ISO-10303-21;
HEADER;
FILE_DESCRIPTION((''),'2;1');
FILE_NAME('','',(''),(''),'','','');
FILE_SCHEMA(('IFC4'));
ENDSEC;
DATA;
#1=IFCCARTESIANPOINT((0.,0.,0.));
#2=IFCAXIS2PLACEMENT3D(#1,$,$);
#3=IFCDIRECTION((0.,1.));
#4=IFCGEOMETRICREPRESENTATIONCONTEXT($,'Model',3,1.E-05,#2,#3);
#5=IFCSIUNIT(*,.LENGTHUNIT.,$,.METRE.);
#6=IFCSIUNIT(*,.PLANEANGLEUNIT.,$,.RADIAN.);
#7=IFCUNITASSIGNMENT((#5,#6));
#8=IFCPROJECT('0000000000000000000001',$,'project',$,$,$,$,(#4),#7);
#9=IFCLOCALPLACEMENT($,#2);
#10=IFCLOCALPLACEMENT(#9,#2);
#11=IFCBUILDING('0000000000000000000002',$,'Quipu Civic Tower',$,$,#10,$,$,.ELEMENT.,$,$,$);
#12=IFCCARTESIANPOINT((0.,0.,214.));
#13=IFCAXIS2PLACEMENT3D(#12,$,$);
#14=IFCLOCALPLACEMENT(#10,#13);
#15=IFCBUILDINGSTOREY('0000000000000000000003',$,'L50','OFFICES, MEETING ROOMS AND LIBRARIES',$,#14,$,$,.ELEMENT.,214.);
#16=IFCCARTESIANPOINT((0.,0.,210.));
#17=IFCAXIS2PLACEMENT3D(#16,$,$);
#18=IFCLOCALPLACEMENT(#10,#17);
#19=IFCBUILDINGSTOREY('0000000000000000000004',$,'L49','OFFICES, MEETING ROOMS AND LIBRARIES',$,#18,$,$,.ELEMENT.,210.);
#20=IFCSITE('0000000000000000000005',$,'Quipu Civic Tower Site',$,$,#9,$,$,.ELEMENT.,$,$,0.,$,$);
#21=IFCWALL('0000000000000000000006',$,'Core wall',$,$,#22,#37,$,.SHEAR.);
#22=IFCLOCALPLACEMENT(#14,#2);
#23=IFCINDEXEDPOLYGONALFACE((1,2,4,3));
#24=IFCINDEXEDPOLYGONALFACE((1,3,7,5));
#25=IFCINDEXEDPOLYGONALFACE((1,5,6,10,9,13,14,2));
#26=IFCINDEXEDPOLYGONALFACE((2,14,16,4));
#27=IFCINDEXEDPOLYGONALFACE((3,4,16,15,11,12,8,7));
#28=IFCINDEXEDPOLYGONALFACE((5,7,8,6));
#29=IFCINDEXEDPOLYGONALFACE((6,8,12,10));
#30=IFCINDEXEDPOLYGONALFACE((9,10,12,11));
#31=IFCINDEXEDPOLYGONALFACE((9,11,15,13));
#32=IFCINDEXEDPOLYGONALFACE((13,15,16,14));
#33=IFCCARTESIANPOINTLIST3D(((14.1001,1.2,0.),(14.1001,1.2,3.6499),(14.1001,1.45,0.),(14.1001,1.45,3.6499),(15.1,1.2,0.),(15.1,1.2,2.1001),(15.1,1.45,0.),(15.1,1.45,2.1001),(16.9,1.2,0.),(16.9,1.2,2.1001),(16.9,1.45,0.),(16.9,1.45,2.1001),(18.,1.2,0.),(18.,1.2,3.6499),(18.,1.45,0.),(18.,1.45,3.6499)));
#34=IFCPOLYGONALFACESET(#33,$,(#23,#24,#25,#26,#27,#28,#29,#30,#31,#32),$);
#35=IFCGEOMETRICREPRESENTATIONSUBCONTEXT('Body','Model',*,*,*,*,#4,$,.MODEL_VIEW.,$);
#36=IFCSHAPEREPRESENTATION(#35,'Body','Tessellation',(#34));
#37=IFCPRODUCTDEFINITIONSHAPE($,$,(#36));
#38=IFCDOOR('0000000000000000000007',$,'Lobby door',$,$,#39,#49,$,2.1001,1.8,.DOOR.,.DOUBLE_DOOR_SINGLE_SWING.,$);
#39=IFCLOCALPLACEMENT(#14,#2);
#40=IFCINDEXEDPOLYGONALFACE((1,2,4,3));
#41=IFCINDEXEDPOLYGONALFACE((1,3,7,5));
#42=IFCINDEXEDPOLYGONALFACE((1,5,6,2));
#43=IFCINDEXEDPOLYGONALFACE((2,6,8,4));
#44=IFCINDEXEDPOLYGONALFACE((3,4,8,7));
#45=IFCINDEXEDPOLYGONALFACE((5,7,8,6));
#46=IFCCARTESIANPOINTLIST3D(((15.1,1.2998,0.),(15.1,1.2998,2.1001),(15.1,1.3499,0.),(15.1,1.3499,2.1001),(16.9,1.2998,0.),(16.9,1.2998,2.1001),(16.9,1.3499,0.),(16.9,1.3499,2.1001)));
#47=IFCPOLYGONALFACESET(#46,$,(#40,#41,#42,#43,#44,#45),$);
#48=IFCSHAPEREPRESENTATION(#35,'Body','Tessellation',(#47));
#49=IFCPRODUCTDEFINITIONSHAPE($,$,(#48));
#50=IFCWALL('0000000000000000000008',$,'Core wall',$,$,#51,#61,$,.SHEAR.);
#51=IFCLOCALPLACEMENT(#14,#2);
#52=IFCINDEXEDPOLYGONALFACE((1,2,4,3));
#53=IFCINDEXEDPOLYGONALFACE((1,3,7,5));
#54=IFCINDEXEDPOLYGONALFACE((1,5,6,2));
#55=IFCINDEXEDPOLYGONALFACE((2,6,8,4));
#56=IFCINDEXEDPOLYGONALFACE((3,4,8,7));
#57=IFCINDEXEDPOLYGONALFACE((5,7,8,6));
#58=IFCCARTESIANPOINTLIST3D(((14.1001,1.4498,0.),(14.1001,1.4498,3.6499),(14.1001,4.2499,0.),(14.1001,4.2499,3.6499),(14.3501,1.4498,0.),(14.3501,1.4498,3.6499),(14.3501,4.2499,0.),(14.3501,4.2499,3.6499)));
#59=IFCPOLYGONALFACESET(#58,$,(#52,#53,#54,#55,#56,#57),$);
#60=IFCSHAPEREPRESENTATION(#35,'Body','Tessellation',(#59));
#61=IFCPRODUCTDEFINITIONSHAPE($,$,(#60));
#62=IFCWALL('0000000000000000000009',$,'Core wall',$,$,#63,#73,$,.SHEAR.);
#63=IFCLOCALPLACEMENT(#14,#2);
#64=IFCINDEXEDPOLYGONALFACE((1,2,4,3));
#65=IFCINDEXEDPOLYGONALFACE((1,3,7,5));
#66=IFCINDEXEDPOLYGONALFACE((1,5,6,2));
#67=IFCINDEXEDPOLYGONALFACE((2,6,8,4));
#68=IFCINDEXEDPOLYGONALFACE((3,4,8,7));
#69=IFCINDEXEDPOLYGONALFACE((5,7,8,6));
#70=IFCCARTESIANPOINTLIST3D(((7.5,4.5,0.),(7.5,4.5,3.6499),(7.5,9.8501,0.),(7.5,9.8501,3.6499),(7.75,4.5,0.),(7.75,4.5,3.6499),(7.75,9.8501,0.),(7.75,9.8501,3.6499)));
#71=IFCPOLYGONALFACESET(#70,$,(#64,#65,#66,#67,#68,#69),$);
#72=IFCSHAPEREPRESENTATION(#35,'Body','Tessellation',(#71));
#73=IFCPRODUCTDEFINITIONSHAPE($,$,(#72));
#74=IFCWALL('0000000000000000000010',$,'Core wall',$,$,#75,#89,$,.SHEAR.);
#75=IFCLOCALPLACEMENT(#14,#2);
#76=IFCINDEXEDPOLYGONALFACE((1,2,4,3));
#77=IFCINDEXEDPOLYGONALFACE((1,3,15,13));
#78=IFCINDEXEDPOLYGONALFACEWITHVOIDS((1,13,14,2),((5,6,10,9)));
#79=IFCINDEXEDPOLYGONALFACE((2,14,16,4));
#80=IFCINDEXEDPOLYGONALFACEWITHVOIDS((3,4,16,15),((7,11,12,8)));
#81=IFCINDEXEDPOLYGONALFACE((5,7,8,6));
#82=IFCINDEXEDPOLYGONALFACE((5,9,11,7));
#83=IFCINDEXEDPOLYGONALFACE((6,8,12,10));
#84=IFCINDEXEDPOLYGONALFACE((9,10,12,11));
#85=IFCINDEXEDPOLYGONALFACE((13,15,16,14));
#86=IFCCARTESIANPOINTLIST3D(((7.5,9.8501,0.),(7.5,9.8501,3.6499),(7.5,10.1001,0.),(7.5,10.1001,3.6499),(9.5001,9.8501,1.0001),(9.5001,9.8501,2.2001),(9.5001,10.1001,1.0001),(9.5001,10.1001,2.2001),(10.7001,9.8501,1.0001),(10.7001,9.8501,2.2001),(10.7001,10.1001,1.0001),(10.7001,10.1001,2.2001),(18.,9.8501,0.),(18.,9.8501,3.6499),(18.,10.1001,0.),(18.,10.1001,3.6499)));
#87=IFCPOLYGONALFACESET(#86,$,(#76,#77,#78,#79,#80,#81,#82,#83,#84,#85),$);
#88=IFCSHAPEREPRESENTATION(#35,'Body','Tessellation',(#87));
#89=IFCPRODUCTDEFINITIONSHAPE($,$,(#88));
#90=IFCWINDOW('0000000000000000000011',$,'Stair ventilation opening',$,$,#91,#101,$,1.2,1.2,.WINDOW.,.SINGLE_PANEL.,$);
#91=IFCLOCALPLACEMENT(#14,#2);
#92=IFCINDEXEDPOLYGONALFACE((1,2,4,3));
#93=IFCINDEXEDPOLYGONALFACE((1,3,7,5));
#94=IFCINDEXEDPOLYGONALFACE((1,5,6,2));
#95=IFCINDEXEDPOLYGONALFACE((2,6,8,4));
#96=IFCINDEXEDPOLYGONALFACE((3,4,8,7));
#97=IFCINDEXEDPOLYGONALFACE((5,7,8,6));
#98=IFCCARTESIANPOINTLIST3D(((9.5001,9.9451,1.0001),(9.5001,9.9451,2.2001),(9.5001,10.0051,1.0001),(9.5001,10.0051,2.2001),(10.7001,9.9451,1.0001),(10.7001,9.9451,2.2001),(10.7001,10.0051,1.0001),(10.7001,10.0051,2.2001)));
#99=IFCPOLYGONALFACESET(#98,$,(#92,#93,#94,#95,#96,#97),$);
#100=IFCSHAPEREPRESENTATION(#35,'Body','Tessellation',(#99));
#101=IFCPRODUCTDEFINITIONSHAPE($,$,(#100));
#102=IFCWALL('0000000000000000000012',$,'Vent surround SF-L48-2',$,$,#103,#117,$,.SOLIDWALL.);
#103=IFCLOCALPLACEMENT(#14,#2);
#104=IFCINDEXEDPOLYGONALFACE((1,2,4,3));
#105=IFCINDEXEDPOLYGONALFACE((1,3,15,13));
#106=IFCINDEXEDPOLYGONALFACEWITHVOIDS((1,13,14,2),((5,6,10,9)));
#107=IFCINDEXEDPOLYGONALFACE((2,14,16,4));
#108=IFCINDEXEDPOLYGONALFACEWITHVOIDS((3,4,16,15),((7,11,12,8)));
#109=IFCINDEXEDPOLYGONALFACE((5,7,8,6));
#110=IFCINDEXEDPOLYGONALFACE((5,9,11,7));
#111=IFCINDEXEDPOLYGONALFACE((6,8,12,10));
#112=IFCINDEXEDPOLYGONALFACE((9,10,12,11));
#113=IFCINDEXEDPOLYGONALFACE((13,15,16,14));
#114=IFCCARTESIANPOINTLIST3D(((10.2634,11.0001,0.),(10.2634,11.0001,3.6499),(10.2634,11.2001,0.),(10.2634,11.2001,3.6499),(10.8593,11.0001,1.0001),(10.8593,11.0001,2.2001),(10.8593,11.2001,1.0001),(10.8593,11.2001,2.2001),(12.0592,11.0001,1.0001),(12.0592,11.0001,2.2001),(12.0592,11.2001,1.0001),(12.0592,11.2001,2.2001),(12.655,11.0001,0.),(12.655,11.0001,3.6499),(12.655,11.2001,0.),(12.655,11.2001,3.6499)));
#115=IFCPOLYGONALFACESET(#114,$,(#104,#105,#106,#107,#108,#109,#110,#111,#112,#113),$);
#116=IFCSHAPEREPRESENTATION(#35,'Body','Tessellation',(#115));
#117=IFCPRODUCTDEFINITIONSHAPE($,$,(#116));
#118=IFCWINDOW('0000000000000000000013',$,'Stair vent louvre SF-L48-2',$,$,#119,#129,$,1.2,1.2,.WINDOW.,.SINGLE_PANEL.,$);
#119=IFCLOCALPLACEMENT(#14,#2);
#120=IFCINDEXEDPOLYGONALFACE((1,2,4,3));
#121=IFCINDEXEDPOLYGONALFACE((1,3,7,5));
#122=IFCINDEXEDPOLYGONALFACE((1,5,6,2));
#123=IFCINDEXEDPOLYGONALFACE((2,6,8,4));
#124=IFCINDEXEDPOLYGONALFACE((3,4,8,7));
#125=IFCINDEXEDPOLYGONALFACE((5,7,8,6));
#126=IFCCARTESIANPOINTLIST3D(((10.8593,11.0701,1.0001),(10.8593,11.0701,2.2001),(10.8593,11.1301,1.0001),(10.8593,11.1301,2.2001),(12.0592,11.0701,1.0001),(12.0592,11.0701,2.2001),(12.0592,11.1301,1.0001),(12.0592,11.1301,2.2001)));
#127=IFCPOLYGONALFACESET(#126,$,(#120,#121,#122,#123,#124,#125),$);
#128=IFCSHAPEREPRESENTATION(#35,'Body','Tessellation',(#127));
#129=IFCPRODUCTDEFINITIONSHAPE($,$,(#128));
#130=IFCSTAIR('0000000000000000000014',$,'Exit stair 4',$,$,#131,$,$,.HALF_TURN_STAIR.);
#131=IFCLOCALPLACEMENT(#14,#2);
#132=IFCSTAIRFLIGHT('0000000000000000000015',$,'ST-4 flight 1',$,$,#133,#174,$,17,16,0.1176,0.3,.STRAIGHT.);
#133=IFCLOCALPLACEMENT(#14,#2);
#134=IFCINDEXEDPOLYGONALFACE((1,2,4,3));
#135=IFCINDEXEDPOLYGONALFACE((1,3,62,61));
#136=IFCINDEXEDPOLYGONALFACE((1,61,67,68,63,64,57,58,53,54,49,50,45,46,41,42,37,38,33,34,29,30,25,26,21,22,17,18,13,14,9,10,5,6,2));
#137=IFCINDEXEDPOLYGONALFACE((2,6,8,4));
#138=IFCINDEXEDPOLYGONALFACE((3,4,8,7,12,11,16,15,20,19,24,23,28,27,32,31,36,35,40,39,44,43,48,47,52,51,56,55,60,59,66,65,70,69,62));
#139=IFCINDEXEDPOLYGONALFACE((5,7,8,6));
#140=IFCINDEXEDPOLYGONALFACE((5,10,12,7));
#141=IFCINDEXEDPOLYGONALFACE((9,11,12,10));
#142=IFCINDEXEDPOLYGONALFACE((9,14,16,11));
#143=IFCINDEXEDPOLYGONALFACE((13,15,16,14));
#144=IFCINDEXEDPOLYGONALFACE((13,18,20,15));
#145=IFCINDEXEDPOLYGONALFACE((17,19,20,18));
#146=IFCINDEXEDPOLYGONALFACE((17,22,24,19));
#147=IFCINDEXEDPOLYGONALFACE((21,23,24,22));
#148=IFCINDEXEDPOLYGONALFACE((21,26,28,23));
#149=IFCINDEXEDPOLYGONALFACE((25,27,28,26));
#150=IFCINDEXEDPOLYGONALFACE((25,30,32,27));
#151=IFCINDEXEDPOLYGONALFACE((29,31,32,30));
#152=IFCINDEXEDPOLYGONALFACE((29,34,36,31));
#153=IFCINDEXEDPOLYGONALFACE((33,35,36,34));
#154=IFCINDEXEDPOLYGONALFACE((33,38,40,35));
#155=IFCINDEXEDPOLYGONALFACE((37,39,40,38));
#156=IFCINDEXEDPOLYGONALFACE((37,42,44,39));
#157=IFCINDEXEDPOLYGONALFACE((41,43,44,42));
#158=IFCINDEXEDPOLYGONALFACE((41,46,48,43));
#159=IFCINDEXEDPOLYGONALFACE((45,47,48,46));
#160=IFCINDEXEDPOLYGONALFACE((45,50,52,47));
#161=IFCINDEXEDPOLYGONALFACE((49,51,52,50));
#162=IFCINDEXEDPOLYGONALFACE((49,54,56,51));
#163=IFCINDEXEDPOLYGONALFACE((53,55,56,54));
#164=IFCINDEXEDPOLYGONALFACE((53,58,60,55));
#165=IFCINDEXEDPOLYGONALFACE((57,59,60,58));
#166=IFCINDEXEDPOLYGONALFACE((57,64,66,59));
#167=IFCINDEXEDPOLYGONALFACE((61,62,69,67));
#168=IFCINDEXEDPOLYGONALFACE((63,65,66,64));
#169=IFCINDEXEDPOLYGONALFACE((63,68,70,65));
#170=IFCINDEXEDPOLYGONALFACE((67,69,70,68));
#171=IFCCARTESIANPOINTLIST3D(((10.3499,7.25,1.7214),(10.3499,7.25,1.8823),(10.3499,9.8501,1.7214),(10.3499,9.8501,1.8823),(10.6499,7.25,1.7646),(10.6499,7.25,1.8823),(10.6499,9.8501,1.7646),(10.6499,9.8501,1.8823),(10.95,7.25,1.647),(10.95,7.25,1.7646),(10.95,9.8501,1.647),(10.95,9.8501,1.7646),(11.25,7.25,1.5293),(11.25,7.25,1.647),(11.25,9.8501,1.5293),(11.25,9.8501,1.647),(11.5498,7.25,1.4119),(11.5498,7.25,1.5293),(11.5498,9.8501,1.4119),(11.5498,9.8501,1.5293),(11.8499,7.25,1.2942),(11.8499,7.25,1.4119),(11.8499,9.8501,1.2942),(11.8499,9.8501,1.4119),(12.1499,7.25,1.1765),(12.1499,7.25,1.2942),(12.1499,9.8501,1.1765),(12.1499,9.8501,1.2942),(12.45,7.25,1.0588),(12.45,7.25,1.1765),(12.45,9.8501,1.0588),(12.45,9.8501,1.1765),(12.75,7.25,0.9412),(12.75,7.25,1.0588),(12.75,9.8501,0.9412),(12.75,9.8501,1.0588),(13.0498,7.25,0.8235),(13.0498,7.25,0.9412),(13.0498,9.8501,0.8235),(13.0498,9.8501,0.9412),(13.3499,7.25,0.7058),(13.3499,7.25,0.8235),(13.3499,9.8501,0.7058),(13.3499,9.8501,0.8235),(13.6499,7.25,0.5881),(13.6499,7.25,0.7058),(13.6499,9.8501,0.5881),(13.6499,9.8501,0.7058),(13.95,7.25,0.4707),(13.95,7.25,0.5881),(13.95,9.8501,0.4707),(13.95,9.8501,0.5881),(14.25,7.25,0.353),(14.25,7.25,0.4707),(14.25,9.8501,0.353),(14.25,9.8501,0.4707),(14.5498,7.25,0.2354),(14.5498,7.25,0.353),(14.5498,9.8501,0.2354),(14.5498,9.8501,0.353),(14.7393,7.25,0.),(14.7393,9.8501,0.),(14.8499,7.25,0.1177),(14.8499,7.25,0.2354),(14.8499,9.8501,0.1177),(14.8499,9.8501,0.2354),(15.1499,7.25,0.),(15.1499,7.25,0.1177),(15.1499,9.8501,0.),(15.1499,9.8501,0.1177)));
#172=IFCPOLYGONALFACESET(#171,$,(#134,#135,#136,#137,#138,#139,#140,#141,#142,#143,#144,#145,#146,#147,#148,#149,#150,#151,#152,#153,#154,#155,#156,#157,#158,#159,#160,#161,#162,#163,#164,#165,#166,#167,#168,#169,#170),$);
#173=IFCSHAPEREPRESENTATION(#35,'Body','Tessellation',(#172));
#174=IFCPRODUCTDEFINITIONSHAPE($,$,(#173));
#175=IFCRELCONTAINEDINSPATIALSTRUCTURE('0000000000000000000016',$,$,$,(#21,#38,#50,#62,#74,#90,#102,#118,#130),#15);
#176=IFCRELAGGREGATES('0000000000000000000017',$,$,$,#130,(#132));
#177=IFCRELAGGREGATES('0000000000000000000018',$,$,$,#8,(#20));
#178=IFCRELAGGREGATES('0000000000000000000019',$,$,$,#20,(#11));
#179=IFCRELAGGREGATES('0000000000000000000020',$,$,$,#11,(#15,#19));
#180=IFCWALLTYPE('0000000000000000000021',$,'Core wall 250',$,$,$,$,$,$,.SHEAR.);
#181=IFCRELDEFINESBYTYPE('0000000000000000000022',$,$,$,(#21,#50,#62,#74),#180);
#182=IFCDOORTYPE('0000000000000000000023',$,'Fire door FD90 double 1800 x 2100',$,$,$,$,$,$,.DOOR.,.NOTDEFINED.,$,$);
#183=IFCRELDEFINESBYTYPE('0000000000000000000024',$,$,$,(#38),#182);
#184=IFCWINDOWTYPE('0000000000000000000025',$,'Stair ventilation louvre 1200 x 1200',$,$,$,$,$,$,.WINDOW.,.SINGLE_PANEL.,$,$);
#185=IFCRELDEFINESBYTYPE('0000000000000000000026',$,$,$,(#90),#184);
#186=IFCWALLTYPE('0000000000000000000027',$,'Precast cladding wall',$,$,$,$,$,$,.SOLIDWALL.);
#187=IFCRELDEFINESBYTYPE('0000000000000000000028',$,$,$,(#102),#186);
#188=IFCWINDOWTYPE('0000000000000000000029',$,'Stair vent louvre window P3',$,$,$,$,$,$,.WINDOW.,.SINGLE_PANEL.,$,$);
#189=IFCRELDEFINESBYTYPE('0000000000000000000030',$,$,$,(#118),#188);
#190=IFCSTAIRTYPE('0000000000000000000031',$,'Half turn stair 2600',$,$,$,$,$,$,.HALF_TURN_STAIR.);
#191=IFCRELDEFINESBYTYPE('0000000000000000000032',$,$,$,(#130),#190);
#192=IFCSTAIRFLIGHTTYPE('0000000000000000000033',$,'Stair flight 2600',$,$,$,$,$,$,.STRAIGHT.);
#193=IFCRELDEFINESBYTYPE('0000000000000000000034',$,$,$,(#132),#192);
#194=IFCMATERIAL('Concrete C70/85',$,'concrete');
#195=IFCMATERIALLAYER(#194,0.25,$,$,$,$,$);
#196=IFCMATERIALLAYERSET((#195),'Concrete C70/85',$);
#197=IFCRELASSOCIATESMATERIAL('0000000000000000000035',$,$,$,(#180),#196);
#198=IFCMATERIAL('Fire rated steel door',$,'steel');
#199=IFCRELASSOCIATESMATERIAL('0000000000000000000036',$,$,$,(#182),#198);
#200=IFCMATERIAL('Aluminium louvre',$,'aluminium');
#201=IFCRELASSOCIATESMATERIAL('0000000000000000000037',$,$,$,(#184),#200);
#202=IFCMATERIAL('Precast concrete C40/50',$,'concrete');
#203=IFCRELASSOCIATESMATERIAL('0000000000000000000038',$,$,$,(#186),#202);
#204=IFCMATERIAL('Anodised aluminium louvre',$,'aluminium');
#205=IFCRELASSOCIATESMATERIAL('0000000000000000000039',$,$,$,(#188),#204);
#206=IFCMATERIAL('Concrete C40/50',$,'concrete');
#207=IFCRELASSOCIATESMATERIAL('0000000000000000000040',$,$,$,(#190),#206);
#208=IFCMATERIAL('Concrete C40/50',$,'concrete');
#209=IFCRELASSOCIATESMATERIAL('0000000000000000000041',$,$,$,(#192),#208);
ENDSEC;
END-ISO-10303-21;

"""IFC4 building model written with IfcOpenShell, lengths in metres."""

from ifc_helpers import new_model, si_unit, direction, frame, frame_2d, origin, place, context, subcontext, project, spatial, polyline, rectangle, outline, extrude, material, layer, layer_set, type_object, element, fill, aggregate, save


model = new_model("IFC4")

# Units and contexts
model_context = context("Model", 3, precision=1e-05, world=origin(), true_north=direction((0.0, 1.0)))
body_context = subcontext(model_context, "Body", "Model", "MODEL_VIEW")
ifc_project = project(units=[si_unit("LENGTHUNIT", "METRE"), si_unit("PLANEANGLEUNIT", "RADIAN")], contexts=[model_context])

# Site, building, storey
site_placement = place(None, origin())
site = spatial("IfcSite", under=ifc_project, at=site_placement, Name="Quipu Civic Tower Site", CompositionType="ELEMENT", RefElevation=0.0)
building_placement = place(site_placement, origin())
building = spatial("IfcBuilding", under=site, at=building_placement, Name="Quipu Civic Tower", CompositionType="ELEMENT")
storey_1_placement = place(building_placement, frame((0.0, 0.0, 214.0)))
storey_1 = spatial("IfcBuildingStorey", under=building, at=storey_1_placement, Name="L50", Description="OFFICES, MEETING ROOMS AND LIBRARIES", CompositionType="ELEMENT", Elevation=214.0)

# Shared definitions
storey_2_placement = place(building_placement, frame((0.0, 0.0, 210.0)))
storey_2 = spatial("IfcBuildingStorey", under=building, at=storey_2_placement, Name="L49", Description="OFFICES, MEETING ROOMS AND LIBRARIES", CompositionType="ELEMENT", Elevation=210.0)

# Wall, opening, door
ifc_material_1 = material(Name="Concrete C70/85", Category="concrete")
ifc_layer_1 = layer(ifc_material_1, 0.25)
ifc_layer_set_1 = layer_set([ifc_layer_1], Name="Concrete C70/85")
wall_type_1 = type_object("IfcWallType", Name="Core wall 250", PredefinedType="SHEAR", material=ifc_layer_set_1)
wall_1_placement = place(storey_1_placement, frame((14.1001, 1.325, 0.0), z_axis=(0.0, 0.0, 1.0), x_axis=(1.0, 0.0, 0.0)))
wall_1 = element("IfcWall", 1, at=wall_1_placement, inside=storey_1, type_object=wall_type_1, Name="Core wall", PredefinedType="SHEAR", context=body_context, shape_type="SweptSolid", body=[
    extrude(rectangle(XDim=3.8999, YDim=0.25, at=frame_2d((1.95, 0.0))), origin(), (0.0, 0.0, 1.0), 3.6499),
])
opening_1_placement = place(wall_1_placement, frame((1.0, 0.0, 0.0)))
opening_1 = element("IfcOpeningElement", 2, at=opening_1_placement, cuts=wall_1, PredefinedType="OPENING", context=body_context, shape_type="SweptSolid", body=[
    extrude(rectangle(XDim=1.8, YDim=2.1001, at=frame_2d((0.8999, 1.05))), frame((0.0, 0.135, 0.0), z_axis=(0.0, -1.0, 0.0), x_axis=(1.0, 0.0, 0.0)), (0.0, 0.0, 1.0), 0.27),
])
ifc_material_2 = material(Name="Fire rated steel door", Category="steel")
door_type = type_object("IfcDoorType", Name="Fire door FD90 double 1800 x 2100", OperationType="NOTDEFINED", PredefinedType="DOOR", material=ifc_material_2)
door_placement = place(opening_1_placement, origin())
door = element("IfcDoor", 3, at=door_placement, inside=storey_1, type_object=door_type, Name="Lobby door", OperationType="DOUBLE_DOOR_SINGLE_SWING", OverallHeight=2.1001, OverallWidth=1.8, PredefinedType="DOOR", context=body_context, shape_type="SweptSolid", body=[
    extrude(rectangle(XDim=1.8, YDim=2.1001, at=frame_2d((0.8999, 1.05))), frame((0.0, 0.0249, 0.0), z_axis=(0.0, -1.0, 0.0), x_axis=(1.0, 0.0, 0.0)), (0.0, 0.0, 1.0), 0.05),
])
fill(opening_1, door)

# Walls
wall_2_placement = place(storey_1_placement, frame((14.2251, 1.45, 0.0), z_axis=(0.0, 0.0, 1.0), x_axis=(0.0, 1.0, 0.0)))
element("IfcWall", 4, at=wall_2_placement, inside=storey_1, type_object=wall_type_1, Name="Core wall", PredefinedType="SHEAR", context=body_context, shape_type="SweptSolid", body=[
    extrude(rectangle(XDim=2.8, YDim=0.25, at=frame_2d((1.3999, 0.0))), origin(), (0.0, 0.0, 1.0), 3.6499),
])
wall_3_placement = place(storey_1_placement, frame((7.625, 4.5, 0.0), z_axis=(0.0, 0.0, 1.0), x_axis=(0.0, 1.0, 0.0)))
element("IfcWall", 5, at=wall_3_placement, inside=storey_1, type_object=wall_type_1, Name="Core wall", PredefinedType="SHEAR", context=body_context, shape_type="SweptSolid", body=[
    extrude(rectangle(XDim=5.3501, YDim=0.25, at=frame_2d((2.675, 0.0))), origin(), (0.0, 0.0, 1.0), 3.6499),
])

# Walls, openings, windows
wall_4_placement = place(storey_1_placement, frame((7.5, 9.9751, 0.0), z_axis=(0.0, 0.0, 1.0), x_axis=(1.0, 0.0, 0.0)))
wall_4 = element("IfcWall", 6, at=wall_4_placement, inside=storey_1, type_object=wall_type_1, Name="Core wall", PredefinedType="SHEAR", context=body_context, shape_type="SweptSolid", body=[
    extrude(rectangle(XDim=10.5, YDim=0.25, at=frame_2d((5.25, 0.0))), origin(), (0.0, 0.0, 1.0), 3.6499),
])
opening_2_placement = place(wall_4_placement, frame((2.0, 0.0, 1.0)))
opening_2 = element("IfcOpeningElement", 7, at=opening_2_placement, cuts=wall_4, PredefinedType="OPENING", context=body_context, shape_type="SweptSolid", body=[
    extrude(rectangle(XDim=1.2, YDim=1.2, at=frame_2d((0.6001, 0.6001))), frame((0.0, 0.135, 0.0), z_axis=(0.0, -1.0, 0.0), x_axis=(1.0, 0.0, 0.0)), (0.0, 0.0, 1.0), 0.27),
])
ifc_material_3 = material(Name="Aluminium louvre", Category="aluminium")
window_type_1 = type_object("IfcWindowType", Name="Stair ventilation louvre 1200 x 1200", PartitioningType="SINGLE_PANEL", PredefinedType="WINDOW", material=ifc_material_3)
window_1_placement = place(opening_2_placement, origin())
window_1 = element("IfcWindow", 8, at=window_1_placement, inside=storey_1, type_object=window_type_1, Name="Stair ventilation opening", OverallHeight=1.2, OverallWidth=1.2, PartitioningType="SINGLE_PANEL", PredefinedType="WINDOW", context=body_context, shape_type="SweptSolid", body=[
    extrude(rectangle(XDim=1.2, YDim=1.2, at=frame_2d((0.6001, 0.6001))), frame((0.0, 0.03, 0.0), z_axis=(0.0, -1.0, 0.0), x_axis=(1.0, 0.0, 0.0)), (0.0, 0.0, 1.0), 0.0601),
])
fill(opening_2, window_1)
ifc_material_4 = material(Name="Precast concrete C40/50", Category="concrete")
wall_type_2 = type_object("IfcWallType", Name="Precast cladding wall", PredefinedType="SOLIDWALL", material=ifc_material_4)
wall_5_placement = place(storey_1_placement, frame((12.655, 11.1001, 0.0), z_axis=(0.0, 0.0, 1.0), x_axis=(-1.0, 0.0, 0.0)))
wall_5 = element("IfcWall", 9, at=wall_5_placement, inside=storey_1, type_object=wall_type_2, Name="Vent surround SF-L48-2", PredefinedType="SOLIDWALL", context=body_context, shape_type="SweptSolid", body=[
    extrude(rectangle(XDim=2.3916, YDim=0.2, at=frame_2d((1.1958, 0.0))), origin(), (0.0, 0.0, 1.0), 3.6499),
])
opening_3_placement = place(wall_5_placement, frame((0.5957, 0.0, 1.0)))
opening_3 = element("IfcOpeningElement", 10, at=opening_3_placement, cuts=wall_5, PredefinedType="OPENING", context=body_context, shape_type="SweptSolid", body=[
    extrude(rectangle(XDim=1.2, YDim=1.2, at=frame_2d((0.6001, 0.6001))), frame((0.0, 0.1099, 0.0), z_axis=(0.0, -1.0, 0.0), x_axis=(1.0, 0.0, 0.0)), (0.0, 0.0, 1.0), 0.22),
])
ifc_material_5 = material(Name="Anodised aluminium louvre", Category="aluminium")
window_type_2 = type_object("IfcWindowType", Name="Stair vent louvre window P3", PartitioningType="SINGLE_PANEL", PredefinedType="WINDOW", material=ifc_material_5)
window_2_placement = place(opening_3_placement, origin())
window_2 = element("IfcWindow", 11, at=window_2_placement, inside=storey_1, type_object=window_type_2, Name="Stair vent louvre SF-L48-2", OverallHeight=1.2, OverallWidth=1.2, PartitioningType="SINGLE_PANEL", PredefinedType="WINDOW", context=body_context, shape_type="SweptSolid", body=[
    extrude(rectangle(XDim=1.2, YDim=1.2, at=frame_2d((0.6001, 0.6001))), frame((0.0, 0.03, 0.0), z_axis=(0.0, -1.0, 0.0), x_axis=(1.0, 0.0, 0.0)), (0.0, 0.0, 1.0), 0.0601),
])
fill(opening_3, window_2)

# Stair, stair flight
ifc_material_6 = material(Name="Concrete C40/50", Category="concrete")
stair_type = type_object("IfcStairType", Name="Half turn stair 2600", PredefinedType="HALF_TURN_STAIR", material=ifc_material_6)
stair_placement = place(storey_1_placement, origin())
stair = element("IfcStair", 12, at=stair_placement, inside=storey_1, type_object=stair_type, Name="Exit stair 4", PredefinedType="HALF_TURN_STAIR")
ifc_material_7 = material(Name="Concrete C40/50", Category="concrete")
stair_flight_type = type_object("IfcStairFlightType", Name="Stair flight 2600", PredefinedType="STRAIGHT", material=ifc_material_7)
stair_flight_1_placement = place(storey_1_placement, frame((15.1499, 8.55, 0.0), z_axis=(0.0, 0.0, 1.0), x_axis=(-1.0, 0.0, 0.0)))
stair_flight_1 = element("IfcStairFlight", 13, at=stair_flight_1_placement, type_object=stair_flight_type, Name="ST-4 flight 1", NumberOfRisers=17, NumberOfTreads=16, PredefinedType="STRAIGHT", RiserHeight=0.1176, TreadLength=0.3, context=body_context, shape_type="SweptSolid", body=[
    extrude(outline(polyline([(0.0, 0.0), (0.0, 0.1177), (0.3, 0.1177), (0.3, 0.2354), (0.6001, 0.2354), (0.6001, 0.353), (0.8999, 0.353), (0.8999, 0.4707), (1.2, 0.4707), (1.2, 0.5881), (1.5, 0.5881), (1.5, 0.7058), (1.8, 0.7058), (1.8, 0.8235), (2.1001, 0.8235), (2.1001, 0.9412), (2.3999, 0.9412), (2.3999, 1.0588), (2.7, 1.0588), (2.7, 1.1765), (3.0, 1.1765), (3.0, 1.2942), (3.3, 1.2942), (3.3, 1.4119), (3.6001, 1.4119), (3.6001, 1.5293), (3.8999, 1.5293), (3.8999, 1.647), (4.2, 1.647), (4.2, 1.7646), (4.5, 1.7646), (4.5, 1.8823), (4.8, 1.8823), (4.8, 2.0), (4.8, 1.7214), (0.4106, 0.0), (0.0, 0.0)])), frame((0.0, 1.3, 0.0), z_axis=(0.0, -1.0, 0.0), x_axis=(1.0, 0.0, 0.0)), (0.0, 0.0, 1.0), 2.6001),
])
aggregate(stair, [stair_flight_1])

save(model, "model.ifc")
